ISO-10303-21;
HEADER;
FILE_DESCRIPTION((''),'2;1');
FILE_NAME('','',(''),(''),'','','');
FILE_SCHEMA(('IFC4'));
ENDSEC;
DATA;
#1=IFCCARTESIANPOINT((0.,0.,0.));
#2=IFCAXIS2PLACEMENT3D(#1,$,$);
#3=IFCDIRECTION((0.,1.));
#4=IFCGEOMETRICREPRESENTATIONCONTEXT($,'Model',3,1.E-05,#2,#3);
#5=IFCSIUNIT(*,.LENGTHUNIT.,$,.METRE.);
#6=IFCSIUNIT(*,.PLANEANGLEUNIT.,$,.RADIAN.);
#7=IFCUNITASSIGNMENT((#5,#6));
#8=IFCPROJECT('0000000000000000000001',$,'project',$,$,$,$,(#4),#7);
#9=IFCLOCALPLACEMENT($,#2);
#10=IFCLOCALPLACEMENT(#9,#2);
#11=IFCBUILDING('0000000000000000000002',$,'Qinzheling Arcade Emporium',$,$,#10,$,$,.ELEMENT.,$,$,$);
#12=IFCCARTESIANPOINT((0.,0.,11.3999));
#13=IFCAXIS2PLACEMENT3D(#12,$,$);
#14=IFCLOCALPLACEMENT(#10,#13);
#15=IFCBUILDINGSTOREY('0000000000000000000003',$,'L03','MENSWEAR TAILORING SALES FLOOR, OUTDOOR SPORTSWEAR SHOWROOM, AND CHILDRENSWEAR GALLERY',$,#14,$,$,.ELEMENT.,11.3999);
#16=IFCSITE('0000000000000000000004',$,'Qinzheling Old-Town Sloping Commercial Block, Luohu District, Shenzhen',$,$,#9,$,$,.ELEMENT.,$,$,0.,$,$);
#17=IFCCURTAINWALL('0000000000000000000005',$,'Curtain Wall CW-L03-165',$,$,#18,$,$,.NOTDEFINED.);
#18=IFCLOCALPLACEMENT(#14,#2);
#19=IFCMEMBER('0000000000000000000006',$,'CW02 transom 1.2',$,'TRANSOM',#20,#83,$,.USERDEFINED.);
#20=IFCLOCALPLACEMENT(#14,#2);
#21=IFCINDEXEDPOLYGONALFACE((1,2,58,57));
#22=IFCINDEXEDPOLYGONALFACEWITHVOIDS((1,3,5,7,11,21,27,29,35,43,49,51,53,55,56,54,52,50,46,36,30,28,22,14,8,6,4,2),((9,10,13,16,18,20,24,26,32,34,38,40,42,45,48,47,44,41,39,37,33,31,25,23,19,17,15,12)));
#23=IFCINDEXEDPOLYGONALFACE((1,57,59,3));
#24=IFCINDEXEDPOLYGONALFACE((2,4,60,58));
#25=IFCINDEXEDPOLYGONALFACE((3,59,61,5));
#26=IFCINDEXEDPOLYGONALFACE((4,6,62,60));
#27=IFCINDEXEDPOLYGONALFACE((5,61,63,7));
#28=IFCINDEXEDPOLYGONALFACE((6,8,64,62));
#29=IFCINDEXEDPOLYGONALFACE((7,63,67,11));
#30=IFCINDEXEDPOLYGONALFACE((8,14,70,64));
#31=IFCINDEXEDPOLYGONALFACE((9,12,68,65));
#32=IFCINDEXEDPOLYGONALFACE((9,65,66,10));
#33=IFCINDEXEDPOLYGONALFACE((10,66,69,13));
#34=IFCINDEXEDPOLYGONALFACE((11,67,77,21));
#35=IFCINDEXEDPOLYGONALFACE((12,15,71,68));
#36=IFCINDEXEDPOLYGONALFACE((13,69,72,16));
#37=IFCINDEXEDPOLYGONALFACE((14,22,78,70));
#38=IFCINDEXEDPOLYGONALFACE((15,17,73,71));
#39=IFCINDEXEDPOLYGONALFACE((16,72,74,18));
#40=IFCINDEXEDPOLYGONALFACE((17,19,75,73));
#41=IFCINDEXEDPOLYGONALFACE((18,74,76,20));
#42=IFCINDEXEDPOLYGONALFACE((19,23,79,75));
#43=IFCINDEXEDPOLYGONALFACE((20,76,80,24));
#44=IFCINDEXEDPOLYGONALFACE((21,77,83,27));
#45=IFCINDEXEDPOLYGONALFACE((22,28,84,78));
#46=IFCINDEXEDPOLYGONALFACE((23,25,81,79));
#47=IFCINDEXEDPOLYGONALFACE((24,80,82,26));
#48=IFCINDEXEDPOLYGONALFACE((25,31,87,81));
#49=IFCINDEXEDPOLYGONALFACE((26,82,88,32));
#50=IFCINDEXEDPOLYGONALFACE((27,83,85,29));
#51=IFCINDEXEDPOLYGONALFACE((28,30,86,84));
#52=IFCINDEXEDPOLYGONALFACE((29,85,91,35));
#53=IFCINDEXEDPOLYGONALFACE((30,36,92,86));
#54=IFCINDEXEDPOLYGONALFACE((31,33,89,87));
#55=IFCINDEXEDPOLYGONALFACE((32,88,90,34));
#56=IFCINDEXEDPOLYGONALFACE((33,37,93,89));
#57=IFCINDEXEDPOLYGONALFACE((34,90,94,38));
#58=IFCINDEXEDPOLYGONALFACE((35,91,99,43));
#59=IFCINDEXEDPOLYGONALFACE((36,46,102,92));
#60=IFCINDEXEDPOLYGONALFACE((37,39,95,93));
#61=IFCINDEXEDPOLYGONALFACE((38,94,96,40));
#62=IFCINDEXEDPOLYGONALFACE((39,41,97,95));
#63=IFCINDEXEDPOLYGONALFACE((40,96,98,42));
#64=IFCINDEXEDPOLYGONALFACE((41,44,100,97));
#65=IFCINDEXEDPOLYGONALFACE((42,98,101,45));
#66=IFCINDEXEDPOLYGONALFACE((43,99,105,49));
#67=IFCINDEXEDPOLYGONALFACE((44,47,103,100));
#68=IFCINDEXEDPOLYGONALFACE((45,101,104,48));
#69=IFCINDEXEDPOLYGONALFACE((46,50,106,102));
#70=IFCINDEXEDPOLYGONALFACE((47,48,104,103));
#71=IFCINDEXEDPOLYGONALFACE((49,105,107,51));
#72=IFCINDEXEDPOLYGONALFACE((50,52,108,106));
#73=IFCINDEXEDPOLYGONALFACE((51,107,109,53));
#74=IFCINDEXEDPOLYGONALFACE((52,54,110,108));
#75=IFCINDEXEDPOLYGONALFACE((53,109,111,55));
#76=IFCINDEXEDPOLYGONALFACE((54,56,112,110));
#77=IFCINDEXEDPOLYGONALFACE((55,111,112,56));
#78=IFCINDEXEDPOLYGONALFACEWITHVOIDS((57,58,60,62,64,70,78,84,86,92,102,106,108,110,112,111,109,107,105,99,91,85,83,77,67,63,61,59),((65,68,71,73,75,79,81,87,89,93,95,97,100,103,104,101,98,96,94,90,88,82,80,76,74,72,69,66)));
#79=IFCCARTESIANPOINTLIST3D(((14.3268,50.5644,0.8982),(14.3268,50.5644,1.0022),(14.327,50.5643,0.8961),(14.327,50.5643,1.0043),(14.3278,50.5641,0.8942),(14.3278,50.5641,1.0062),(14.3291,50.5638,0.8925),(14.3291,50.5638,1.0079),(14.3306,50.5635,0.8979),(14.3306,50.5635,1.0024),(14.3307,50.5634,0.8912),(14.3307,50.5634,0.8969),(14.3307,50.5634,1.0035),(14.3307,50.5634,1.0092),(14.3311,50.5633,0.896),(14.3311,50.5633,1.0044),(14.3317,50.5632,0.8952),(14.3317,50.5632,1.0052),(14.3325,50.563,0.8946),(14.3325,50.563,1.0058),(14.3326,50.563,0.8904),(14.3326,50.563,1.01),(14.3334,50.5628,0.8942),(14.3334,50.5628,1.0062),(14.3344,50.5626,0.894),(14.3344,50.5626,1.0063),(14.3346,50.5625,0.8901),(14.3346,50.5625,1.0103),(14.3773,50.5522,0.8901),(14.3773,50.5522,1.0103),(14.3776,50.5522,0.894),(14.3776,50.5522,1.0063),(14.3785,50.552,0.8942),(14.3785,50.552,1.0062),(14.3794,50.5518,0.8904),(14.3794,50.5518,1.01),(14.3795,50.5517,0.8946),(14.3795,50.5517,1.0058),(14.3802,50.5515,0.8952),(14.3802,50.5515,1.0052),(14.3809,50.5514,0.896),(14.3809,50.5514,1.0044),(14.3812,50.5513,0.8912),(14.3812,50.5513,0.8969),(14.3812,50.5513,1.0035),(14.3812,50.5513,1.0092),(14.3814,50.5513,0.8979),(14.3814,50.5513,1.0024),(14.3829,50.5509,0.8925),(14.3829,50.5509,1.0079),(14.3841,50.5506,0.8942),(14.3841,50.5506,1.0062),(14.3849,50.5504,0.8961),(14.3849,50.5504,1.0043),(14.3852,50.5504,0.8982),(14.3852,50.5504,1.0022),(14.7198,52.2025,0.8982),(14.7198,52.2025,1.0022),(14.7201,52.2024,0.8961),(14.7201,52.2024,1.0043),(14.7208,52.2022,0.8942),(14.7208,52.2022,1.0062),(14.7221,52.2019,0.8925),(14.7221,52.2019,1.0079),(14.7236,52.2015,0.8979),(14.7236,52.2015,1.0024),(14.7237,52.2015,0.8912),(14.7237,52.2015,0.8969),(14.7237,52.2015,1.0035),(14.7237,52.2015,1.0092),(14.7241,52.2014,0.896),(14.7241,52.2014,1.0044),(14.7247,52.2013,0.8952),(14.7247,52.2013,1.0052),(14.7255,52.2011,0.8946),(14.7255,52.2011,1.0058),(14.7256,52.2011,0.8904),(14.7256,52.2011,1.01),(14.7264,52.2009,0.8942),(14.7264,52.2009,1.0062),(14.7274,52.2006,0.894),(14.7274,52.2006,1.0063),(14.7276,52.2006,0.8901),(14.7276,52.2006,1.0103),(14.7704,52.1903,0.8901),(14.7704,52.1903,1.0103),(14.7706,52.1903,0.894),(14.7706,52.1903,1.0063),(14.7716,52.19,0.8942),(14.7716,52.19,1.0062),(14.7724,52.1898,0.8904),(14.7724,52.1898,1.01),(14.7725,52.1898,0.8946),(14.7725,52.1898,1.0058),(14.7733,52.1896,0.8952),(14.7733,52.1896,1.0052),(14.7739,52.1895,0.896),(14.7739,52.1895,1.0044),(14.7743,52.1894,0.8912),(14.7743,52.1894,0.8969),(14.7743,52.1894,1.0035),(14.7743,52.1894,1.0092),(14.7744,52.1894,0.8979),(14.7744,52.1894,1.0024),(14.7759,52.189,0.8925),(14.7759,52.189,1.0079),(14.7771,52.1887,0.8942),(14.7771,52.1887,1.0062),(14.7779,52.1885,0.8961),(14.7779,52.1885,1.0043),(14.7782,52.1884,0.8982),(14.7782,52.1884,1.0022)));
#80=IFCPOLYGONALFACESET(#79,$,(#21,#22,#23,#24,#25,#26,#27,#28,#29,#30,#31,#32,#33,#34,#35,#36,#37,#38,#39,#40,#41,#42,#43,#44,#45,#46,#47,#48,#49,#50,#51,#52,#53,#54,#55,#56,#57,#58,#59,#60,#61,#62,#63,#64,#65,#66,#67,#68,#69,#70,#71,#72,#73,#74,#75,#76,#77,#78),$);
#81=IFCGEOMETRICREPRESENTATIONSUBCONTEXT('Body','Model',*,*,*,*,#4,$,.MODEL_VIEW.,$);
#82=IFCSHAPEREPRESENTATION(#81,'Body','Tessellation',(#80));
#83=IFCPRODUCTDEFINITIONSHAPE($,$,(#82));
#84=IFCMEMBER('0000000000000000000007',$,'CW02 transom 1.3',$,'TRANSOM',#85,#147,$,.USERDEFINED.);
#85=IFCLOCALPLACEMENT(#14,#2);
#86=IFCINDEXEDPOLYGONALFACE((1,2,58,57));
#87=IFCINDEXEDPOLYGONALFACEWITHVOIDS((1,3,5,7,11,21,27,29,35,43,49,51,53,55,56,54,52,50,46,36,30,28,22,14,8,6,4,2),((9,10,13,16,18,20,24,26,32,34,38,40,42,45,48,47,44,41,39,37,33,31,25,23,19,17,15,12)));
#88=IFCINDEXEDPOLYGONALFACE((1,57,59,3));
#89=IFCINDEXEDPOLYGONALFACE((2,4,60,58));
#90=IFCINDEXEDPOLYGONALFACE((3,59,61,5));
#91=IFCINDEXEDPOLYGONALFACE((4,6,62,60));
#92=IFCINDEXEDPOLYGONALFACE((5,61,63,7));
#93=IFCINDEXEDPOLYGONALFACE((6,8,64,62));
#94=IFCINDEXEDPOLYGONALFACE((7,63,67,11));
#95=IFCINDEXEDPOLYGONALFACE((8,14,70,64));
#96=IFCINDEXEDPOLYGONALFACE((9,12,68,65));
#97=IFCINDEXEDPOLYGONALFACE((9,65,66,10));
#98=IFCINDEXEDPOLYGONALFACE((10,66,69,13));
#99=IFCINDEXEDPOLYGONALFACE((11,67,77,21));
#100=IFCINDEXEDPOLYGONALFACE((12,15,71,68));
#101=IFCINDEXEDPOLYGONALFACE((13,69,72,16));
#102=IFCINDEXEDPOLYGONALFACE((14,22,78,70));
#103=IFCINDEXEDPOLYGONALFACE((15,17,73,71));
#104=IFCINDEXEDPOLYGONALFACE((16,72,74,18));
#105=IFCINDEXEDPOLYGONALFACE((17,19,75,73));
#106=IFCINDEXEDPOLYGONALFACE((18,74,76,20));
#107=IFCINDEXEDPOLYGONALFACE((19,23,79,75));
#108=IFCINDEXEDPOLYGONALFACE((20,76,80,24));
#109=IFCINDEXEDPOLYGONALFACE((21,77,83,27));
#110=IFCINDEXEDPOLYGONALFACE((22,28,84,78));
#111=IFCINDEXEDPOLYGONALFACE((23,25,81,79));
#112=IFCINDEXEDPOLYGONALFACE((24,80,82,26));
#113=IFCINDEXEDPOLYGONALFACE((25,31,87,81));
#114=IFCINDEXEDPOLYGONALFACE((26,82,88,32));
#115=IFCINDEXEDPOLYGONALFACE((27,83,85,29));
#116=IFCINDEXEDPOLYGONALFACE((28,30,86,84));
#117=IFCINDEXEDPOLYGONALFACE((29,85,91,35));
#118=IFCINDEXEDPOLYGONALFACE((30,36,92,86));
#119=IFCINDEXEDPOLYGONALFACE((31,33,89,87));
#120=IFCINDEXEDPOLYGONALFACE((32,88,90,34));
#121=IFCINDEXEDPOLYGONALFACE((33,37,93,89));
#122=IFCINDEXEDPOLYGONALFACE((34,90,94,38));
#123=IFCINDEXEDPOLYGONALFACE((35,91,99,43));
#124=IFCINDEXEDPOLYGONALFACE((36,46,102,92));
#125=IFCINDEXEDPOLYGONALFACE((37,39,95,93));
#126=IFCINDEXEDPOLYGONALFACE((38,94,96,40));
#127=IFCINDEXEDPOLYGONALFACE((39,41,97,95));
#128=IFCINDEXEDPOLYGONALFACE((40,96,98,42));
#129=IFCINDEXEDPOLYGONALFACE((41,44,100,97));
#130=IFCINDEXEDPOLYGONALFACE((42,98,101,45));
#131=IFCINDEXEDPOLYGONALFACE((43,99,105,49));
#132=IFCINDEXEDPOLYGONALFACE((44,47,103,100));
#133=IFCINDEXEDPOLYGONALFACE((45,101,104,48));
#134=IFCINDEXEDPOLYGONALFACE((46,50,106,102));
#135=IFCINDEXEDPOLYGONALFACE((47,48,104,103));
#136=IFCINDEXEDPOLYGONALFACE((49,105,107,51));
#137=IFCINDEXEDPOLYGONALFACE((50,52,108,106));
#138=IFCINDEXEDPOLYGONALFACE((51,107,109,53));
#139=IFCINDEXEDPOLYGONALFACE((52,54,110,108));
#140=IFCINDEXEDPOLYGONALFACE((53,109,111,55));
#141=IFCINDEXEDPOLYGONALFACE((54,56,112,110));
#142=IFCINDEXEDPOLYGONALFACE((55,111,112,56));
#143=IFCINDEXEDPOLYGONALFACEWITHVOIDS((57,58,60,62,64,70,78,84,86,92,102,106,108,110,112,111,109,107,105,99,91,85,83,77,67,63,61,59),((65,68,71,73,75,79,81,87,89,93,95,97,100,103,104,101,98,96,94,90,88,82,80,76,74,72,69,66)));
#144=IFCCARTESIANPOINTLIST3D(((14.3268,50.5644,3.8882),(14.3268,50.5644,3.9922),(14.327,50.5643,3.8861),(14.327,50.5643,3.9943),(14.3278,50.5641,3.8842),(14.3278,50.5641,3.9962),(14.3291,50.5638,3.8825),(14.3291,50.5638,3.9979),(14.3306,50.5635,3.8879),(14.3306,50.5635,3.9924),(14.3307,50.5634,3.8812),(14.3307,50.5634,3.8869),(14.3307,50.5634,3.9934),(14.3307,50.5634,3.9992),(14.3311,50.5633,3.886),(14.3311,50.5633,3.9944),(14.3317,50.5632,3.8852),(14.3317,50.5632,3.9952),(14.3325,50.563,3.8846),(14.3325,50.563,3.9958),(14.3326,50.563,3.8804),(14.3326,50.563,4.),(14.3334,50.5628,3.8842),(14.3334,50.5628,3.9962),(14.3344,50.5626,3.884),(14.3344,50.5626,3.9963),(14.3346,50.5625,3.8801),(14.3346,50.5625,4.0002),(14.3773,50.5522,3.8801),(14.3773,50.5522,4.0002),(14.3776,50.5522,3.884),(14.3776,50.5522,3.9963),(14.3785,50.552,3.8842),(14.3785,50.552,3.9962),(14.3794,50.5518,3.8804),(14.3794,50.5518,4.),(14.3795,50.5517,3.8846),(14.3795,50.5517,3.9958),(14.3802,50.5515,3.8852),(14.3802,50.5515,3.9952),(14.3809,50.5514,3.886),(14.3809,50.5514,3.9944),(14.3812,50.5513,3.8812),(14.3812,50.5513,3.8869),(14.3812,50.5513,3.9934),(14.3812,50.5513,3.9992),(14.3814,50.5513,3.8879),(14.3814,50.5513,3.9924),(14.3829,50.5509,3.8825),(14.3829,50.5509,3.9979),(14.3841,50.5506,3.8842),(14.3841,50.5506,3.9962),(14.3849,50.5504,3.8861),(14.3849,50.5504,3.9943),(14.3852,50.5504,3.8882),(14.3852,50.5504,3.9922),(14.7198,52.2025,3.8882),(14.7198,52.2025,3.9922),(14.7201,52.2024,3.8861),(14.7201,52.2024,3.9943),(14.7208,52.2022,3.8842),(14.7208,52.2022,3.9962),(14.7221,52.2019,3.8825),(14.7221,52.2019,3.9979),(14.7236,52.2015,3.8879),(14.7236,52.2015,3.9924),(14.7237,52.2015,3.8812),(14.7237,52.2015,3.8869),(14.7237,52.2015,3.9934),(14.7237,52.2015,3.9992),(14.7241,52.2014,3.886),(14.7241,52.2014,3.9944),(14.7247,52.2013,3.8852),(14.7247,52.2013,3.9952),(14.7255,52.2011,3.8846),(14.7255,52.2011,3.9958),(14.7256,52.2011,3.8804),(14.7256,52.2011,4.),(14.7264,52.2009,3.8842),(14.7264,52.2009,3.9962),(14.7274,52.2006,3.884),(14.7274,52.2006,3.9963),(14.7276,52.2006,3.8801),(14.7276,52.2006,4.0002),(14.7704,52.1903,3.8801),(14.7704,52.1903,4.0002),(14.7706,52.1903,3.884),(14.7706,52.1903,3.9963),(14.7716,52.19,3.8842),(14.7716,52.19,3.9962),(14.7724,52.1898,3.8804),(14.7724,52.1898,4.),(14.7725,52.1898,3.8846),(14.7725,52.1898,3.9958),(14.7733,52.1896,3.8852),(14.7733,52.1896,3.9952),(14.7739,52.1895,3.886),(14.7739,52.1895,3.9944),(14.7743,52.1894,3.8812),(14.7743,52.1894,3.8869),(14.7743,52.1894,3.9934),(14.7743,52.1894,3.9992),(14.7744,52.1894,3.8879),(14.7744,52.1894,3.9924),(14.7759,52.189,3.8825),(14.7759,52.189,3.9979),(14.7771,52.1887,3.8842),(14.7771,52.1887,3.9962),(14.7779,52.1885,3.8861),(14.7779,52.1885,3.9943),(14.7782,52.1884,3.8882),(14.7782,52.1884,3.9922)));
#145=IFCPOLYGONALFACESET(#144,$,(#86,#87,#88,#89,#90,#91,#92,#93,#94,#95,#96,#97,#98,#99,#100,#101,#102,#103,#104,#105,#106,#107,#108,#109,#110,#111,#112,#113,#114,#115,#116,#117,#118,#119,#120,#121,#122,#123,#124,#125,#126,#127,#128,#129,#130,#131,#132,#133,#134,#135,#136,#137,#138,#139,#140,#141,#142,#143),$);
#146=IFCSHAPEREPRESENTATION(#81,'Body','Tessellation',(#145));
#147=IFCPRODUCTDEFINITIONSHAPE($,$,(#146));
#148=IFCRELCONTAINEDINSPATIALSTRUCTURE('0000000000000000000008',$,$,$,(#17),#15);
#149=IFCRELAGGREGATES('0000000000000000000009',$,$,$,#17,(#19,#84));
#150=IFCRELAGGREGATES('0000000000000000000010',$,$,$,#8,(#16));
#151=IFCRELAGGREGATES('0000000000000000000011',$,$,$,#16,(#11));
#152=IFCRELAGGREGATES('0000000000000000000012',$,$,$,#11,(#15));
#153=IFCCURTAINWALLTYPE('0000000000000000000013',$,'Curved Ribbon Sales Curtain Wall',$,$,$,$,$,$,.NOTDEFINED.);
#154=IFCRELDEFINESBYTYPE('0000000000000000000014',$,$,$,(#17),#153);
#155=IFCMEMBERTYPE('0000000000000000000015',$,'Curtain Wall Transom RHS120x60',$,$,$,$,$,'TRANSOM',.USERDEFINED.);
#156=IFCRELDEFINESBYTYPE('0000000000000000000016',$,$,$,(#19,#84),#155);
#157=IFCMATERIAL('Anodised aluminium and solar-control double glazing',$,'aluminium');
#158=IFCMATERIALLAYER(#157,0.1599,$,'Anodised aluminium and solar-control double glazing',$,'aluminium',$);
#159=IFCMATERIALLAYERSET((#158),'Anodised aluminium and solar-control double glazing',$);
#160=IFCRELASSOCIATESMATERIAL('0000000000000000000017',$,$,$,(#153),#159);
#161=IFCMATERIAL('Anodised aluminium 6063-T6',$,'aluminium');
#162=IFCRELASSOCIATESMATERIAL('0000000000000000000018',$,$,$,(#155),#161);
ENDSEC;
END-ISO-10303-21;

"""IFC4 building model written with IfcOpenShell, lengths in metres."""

from ifc_helpers import new_model, si_unit, direction, frame, origin, origin_2d, place, context, subcontext, project, spatial, hollow_rectangle, extrude, material, layer, layer_set, material_profile, profile_set, type_object, element, aggregate, save


model = new_model("IFC4")

# Units and contexts
model_context = context("Model", 3, precision=1e-05, world=origin(), true_north=direction((0.0, 1.0)))
body_context = subcontext(model_context, "Body", "Model", "MODEL_VIEW")
ifc_project = project(units=[si_unit("LENGTHUNIT", "METRE"), si_unit("PLANEANGLEUNIT", "RADIAN")], contexts=[model_context])

# Site, building, storey
site_placement = place(None, origin())
site = spatial("IfcSite", under=ifc_project, at=site_placement, Name="Qinzheling Old-Town Sloping Commercial Block, Luohu District, Shenzhen", CompositionType="ELEMENT", RefElevation=0.0)
building_placement = place(site_placement, origin())
building = spatial("IfcBuilding", under=site, at=building_placement, Name="Qinzheling Arcade Emporium", CompositionType="ELEMENT")
storey_placement = place(building_placement, frame((0.0, 0.0, 11.3999)))
storey = spatial("IfcBuildingStorey", under=building, at=storey_placement, Name="L03", Description="MENSWEAR TAILORING SALES FLOOR, OUTDOOR SPORTSWEAR SHOWROOM, AND CHILDRENSWEAR GALLERY", CompositionType="ELEMENT", Elevation=11.3999)

# Curtain wall
ifc_material_1 = material(Name="Anodised aluminium and solar-control double glazing", Category="aluminium")
ifc_layer_1 = layer(ifc_material_1, 0.1599, Name="Anodised aluminium and solar-control double glazing", Category="aluminium")
ifc_layer_set_1 = layer_set([ifc_layer_1], Name="Anodised aluminium and solar-control double glazing")
curtain_wall_type = type_object("IfcCurtainWallType", Name="Curved Ribbon Sales Curtain Wall", PredefinedType="NOTDEFINED", material=ifc_layer_set_1)
curtain_wall_1_placement = place(storey_placement, origin())
curtain_wall_1 = element("IfcCurtainWall", 1, at=curtain_wall_1_placement, inside=storey, type_object=curtain_wall_type, Name="Curtain Wall CW-L03-165", PredefinedType="NOTDEFINED")
ifc_material_2 = material(Name="Anodised aluminium 6063-T6", Category="aluminium")

# Members
ifc_material_profile_1 = material_profile(ifc_material_2, hollow_rectangle(XDim=0.0601, YDim=0.1201, WallThickness=0.0039, InnerFilletRadius=0.0039, OuterFilletRadius=0.0081, at=origin_2d()), Name="RHS 120x60x4", Category="aluminium")
ifc_profile_set_1 = profile_set([ifc_material_profile_1], Name="Anodised aluminium 6063-T6")
member_type_1 = type_object("IfcMemberType", Name="Curtain Wall Transom RHS120x60", ElementType="TRANSOM", PredefinedType="USERDEFINED", material=ifc_profile_set_1)
member_1_placement = place(storey_placement, frame((14.356, 50.5574, 0.9502), z_axis=(0.233318, 0.9724, 0.0), x_axis=(-0.9724, 0.233318, 0.0)))
member_1 = element("IfcMember", 2, at=member_1_placement, type_object=member_type_1, Name="CW02 transom 1.2", ObjectType="TRANSOM", PredefinedType="USERDEFINED", context=body_context, shape_type="SweptSolid", body=[
    extrude(hollow_rectangle(XDim=0.0601, YDim=0.1201, WallThickness=0.0039, InnerFilletRadius=0.0039, OuterFilletRadius=0.0081, at=origin_2d()), origin(), (0.0, 0.0, 1.0), 1.6846),
])
member_2_placement = place(storey_placement, frame((14.356, 50.5574, 3.9402), z_axis=(0.233318, 0.9724, 0.0), x_axis=(-0.9724, 0.233318, 0.0)))
member_2 = element("IfcMember", 3, at=member_2_placement, type_object=member_type_1, Name="CW02 transom 1.3", ObjectType="TRANSOM", PredefinedType="USERDEFINED", context=body_context, shape_type="SweptSolid", body=[
    extrude(hollow_rectangle(XDim=0.0601, YDim=0.1201, WallThickness=0.0039, InnerFilletRadius=0.0039, OuterFilletRadius=0.0081, at=origin_2d()), origin(), (0.0, 0.0, 1.0), 1.6846),
])

aggregate(curtain_wall_1, [member_1, member_2])

save(model, "model.ifc")
